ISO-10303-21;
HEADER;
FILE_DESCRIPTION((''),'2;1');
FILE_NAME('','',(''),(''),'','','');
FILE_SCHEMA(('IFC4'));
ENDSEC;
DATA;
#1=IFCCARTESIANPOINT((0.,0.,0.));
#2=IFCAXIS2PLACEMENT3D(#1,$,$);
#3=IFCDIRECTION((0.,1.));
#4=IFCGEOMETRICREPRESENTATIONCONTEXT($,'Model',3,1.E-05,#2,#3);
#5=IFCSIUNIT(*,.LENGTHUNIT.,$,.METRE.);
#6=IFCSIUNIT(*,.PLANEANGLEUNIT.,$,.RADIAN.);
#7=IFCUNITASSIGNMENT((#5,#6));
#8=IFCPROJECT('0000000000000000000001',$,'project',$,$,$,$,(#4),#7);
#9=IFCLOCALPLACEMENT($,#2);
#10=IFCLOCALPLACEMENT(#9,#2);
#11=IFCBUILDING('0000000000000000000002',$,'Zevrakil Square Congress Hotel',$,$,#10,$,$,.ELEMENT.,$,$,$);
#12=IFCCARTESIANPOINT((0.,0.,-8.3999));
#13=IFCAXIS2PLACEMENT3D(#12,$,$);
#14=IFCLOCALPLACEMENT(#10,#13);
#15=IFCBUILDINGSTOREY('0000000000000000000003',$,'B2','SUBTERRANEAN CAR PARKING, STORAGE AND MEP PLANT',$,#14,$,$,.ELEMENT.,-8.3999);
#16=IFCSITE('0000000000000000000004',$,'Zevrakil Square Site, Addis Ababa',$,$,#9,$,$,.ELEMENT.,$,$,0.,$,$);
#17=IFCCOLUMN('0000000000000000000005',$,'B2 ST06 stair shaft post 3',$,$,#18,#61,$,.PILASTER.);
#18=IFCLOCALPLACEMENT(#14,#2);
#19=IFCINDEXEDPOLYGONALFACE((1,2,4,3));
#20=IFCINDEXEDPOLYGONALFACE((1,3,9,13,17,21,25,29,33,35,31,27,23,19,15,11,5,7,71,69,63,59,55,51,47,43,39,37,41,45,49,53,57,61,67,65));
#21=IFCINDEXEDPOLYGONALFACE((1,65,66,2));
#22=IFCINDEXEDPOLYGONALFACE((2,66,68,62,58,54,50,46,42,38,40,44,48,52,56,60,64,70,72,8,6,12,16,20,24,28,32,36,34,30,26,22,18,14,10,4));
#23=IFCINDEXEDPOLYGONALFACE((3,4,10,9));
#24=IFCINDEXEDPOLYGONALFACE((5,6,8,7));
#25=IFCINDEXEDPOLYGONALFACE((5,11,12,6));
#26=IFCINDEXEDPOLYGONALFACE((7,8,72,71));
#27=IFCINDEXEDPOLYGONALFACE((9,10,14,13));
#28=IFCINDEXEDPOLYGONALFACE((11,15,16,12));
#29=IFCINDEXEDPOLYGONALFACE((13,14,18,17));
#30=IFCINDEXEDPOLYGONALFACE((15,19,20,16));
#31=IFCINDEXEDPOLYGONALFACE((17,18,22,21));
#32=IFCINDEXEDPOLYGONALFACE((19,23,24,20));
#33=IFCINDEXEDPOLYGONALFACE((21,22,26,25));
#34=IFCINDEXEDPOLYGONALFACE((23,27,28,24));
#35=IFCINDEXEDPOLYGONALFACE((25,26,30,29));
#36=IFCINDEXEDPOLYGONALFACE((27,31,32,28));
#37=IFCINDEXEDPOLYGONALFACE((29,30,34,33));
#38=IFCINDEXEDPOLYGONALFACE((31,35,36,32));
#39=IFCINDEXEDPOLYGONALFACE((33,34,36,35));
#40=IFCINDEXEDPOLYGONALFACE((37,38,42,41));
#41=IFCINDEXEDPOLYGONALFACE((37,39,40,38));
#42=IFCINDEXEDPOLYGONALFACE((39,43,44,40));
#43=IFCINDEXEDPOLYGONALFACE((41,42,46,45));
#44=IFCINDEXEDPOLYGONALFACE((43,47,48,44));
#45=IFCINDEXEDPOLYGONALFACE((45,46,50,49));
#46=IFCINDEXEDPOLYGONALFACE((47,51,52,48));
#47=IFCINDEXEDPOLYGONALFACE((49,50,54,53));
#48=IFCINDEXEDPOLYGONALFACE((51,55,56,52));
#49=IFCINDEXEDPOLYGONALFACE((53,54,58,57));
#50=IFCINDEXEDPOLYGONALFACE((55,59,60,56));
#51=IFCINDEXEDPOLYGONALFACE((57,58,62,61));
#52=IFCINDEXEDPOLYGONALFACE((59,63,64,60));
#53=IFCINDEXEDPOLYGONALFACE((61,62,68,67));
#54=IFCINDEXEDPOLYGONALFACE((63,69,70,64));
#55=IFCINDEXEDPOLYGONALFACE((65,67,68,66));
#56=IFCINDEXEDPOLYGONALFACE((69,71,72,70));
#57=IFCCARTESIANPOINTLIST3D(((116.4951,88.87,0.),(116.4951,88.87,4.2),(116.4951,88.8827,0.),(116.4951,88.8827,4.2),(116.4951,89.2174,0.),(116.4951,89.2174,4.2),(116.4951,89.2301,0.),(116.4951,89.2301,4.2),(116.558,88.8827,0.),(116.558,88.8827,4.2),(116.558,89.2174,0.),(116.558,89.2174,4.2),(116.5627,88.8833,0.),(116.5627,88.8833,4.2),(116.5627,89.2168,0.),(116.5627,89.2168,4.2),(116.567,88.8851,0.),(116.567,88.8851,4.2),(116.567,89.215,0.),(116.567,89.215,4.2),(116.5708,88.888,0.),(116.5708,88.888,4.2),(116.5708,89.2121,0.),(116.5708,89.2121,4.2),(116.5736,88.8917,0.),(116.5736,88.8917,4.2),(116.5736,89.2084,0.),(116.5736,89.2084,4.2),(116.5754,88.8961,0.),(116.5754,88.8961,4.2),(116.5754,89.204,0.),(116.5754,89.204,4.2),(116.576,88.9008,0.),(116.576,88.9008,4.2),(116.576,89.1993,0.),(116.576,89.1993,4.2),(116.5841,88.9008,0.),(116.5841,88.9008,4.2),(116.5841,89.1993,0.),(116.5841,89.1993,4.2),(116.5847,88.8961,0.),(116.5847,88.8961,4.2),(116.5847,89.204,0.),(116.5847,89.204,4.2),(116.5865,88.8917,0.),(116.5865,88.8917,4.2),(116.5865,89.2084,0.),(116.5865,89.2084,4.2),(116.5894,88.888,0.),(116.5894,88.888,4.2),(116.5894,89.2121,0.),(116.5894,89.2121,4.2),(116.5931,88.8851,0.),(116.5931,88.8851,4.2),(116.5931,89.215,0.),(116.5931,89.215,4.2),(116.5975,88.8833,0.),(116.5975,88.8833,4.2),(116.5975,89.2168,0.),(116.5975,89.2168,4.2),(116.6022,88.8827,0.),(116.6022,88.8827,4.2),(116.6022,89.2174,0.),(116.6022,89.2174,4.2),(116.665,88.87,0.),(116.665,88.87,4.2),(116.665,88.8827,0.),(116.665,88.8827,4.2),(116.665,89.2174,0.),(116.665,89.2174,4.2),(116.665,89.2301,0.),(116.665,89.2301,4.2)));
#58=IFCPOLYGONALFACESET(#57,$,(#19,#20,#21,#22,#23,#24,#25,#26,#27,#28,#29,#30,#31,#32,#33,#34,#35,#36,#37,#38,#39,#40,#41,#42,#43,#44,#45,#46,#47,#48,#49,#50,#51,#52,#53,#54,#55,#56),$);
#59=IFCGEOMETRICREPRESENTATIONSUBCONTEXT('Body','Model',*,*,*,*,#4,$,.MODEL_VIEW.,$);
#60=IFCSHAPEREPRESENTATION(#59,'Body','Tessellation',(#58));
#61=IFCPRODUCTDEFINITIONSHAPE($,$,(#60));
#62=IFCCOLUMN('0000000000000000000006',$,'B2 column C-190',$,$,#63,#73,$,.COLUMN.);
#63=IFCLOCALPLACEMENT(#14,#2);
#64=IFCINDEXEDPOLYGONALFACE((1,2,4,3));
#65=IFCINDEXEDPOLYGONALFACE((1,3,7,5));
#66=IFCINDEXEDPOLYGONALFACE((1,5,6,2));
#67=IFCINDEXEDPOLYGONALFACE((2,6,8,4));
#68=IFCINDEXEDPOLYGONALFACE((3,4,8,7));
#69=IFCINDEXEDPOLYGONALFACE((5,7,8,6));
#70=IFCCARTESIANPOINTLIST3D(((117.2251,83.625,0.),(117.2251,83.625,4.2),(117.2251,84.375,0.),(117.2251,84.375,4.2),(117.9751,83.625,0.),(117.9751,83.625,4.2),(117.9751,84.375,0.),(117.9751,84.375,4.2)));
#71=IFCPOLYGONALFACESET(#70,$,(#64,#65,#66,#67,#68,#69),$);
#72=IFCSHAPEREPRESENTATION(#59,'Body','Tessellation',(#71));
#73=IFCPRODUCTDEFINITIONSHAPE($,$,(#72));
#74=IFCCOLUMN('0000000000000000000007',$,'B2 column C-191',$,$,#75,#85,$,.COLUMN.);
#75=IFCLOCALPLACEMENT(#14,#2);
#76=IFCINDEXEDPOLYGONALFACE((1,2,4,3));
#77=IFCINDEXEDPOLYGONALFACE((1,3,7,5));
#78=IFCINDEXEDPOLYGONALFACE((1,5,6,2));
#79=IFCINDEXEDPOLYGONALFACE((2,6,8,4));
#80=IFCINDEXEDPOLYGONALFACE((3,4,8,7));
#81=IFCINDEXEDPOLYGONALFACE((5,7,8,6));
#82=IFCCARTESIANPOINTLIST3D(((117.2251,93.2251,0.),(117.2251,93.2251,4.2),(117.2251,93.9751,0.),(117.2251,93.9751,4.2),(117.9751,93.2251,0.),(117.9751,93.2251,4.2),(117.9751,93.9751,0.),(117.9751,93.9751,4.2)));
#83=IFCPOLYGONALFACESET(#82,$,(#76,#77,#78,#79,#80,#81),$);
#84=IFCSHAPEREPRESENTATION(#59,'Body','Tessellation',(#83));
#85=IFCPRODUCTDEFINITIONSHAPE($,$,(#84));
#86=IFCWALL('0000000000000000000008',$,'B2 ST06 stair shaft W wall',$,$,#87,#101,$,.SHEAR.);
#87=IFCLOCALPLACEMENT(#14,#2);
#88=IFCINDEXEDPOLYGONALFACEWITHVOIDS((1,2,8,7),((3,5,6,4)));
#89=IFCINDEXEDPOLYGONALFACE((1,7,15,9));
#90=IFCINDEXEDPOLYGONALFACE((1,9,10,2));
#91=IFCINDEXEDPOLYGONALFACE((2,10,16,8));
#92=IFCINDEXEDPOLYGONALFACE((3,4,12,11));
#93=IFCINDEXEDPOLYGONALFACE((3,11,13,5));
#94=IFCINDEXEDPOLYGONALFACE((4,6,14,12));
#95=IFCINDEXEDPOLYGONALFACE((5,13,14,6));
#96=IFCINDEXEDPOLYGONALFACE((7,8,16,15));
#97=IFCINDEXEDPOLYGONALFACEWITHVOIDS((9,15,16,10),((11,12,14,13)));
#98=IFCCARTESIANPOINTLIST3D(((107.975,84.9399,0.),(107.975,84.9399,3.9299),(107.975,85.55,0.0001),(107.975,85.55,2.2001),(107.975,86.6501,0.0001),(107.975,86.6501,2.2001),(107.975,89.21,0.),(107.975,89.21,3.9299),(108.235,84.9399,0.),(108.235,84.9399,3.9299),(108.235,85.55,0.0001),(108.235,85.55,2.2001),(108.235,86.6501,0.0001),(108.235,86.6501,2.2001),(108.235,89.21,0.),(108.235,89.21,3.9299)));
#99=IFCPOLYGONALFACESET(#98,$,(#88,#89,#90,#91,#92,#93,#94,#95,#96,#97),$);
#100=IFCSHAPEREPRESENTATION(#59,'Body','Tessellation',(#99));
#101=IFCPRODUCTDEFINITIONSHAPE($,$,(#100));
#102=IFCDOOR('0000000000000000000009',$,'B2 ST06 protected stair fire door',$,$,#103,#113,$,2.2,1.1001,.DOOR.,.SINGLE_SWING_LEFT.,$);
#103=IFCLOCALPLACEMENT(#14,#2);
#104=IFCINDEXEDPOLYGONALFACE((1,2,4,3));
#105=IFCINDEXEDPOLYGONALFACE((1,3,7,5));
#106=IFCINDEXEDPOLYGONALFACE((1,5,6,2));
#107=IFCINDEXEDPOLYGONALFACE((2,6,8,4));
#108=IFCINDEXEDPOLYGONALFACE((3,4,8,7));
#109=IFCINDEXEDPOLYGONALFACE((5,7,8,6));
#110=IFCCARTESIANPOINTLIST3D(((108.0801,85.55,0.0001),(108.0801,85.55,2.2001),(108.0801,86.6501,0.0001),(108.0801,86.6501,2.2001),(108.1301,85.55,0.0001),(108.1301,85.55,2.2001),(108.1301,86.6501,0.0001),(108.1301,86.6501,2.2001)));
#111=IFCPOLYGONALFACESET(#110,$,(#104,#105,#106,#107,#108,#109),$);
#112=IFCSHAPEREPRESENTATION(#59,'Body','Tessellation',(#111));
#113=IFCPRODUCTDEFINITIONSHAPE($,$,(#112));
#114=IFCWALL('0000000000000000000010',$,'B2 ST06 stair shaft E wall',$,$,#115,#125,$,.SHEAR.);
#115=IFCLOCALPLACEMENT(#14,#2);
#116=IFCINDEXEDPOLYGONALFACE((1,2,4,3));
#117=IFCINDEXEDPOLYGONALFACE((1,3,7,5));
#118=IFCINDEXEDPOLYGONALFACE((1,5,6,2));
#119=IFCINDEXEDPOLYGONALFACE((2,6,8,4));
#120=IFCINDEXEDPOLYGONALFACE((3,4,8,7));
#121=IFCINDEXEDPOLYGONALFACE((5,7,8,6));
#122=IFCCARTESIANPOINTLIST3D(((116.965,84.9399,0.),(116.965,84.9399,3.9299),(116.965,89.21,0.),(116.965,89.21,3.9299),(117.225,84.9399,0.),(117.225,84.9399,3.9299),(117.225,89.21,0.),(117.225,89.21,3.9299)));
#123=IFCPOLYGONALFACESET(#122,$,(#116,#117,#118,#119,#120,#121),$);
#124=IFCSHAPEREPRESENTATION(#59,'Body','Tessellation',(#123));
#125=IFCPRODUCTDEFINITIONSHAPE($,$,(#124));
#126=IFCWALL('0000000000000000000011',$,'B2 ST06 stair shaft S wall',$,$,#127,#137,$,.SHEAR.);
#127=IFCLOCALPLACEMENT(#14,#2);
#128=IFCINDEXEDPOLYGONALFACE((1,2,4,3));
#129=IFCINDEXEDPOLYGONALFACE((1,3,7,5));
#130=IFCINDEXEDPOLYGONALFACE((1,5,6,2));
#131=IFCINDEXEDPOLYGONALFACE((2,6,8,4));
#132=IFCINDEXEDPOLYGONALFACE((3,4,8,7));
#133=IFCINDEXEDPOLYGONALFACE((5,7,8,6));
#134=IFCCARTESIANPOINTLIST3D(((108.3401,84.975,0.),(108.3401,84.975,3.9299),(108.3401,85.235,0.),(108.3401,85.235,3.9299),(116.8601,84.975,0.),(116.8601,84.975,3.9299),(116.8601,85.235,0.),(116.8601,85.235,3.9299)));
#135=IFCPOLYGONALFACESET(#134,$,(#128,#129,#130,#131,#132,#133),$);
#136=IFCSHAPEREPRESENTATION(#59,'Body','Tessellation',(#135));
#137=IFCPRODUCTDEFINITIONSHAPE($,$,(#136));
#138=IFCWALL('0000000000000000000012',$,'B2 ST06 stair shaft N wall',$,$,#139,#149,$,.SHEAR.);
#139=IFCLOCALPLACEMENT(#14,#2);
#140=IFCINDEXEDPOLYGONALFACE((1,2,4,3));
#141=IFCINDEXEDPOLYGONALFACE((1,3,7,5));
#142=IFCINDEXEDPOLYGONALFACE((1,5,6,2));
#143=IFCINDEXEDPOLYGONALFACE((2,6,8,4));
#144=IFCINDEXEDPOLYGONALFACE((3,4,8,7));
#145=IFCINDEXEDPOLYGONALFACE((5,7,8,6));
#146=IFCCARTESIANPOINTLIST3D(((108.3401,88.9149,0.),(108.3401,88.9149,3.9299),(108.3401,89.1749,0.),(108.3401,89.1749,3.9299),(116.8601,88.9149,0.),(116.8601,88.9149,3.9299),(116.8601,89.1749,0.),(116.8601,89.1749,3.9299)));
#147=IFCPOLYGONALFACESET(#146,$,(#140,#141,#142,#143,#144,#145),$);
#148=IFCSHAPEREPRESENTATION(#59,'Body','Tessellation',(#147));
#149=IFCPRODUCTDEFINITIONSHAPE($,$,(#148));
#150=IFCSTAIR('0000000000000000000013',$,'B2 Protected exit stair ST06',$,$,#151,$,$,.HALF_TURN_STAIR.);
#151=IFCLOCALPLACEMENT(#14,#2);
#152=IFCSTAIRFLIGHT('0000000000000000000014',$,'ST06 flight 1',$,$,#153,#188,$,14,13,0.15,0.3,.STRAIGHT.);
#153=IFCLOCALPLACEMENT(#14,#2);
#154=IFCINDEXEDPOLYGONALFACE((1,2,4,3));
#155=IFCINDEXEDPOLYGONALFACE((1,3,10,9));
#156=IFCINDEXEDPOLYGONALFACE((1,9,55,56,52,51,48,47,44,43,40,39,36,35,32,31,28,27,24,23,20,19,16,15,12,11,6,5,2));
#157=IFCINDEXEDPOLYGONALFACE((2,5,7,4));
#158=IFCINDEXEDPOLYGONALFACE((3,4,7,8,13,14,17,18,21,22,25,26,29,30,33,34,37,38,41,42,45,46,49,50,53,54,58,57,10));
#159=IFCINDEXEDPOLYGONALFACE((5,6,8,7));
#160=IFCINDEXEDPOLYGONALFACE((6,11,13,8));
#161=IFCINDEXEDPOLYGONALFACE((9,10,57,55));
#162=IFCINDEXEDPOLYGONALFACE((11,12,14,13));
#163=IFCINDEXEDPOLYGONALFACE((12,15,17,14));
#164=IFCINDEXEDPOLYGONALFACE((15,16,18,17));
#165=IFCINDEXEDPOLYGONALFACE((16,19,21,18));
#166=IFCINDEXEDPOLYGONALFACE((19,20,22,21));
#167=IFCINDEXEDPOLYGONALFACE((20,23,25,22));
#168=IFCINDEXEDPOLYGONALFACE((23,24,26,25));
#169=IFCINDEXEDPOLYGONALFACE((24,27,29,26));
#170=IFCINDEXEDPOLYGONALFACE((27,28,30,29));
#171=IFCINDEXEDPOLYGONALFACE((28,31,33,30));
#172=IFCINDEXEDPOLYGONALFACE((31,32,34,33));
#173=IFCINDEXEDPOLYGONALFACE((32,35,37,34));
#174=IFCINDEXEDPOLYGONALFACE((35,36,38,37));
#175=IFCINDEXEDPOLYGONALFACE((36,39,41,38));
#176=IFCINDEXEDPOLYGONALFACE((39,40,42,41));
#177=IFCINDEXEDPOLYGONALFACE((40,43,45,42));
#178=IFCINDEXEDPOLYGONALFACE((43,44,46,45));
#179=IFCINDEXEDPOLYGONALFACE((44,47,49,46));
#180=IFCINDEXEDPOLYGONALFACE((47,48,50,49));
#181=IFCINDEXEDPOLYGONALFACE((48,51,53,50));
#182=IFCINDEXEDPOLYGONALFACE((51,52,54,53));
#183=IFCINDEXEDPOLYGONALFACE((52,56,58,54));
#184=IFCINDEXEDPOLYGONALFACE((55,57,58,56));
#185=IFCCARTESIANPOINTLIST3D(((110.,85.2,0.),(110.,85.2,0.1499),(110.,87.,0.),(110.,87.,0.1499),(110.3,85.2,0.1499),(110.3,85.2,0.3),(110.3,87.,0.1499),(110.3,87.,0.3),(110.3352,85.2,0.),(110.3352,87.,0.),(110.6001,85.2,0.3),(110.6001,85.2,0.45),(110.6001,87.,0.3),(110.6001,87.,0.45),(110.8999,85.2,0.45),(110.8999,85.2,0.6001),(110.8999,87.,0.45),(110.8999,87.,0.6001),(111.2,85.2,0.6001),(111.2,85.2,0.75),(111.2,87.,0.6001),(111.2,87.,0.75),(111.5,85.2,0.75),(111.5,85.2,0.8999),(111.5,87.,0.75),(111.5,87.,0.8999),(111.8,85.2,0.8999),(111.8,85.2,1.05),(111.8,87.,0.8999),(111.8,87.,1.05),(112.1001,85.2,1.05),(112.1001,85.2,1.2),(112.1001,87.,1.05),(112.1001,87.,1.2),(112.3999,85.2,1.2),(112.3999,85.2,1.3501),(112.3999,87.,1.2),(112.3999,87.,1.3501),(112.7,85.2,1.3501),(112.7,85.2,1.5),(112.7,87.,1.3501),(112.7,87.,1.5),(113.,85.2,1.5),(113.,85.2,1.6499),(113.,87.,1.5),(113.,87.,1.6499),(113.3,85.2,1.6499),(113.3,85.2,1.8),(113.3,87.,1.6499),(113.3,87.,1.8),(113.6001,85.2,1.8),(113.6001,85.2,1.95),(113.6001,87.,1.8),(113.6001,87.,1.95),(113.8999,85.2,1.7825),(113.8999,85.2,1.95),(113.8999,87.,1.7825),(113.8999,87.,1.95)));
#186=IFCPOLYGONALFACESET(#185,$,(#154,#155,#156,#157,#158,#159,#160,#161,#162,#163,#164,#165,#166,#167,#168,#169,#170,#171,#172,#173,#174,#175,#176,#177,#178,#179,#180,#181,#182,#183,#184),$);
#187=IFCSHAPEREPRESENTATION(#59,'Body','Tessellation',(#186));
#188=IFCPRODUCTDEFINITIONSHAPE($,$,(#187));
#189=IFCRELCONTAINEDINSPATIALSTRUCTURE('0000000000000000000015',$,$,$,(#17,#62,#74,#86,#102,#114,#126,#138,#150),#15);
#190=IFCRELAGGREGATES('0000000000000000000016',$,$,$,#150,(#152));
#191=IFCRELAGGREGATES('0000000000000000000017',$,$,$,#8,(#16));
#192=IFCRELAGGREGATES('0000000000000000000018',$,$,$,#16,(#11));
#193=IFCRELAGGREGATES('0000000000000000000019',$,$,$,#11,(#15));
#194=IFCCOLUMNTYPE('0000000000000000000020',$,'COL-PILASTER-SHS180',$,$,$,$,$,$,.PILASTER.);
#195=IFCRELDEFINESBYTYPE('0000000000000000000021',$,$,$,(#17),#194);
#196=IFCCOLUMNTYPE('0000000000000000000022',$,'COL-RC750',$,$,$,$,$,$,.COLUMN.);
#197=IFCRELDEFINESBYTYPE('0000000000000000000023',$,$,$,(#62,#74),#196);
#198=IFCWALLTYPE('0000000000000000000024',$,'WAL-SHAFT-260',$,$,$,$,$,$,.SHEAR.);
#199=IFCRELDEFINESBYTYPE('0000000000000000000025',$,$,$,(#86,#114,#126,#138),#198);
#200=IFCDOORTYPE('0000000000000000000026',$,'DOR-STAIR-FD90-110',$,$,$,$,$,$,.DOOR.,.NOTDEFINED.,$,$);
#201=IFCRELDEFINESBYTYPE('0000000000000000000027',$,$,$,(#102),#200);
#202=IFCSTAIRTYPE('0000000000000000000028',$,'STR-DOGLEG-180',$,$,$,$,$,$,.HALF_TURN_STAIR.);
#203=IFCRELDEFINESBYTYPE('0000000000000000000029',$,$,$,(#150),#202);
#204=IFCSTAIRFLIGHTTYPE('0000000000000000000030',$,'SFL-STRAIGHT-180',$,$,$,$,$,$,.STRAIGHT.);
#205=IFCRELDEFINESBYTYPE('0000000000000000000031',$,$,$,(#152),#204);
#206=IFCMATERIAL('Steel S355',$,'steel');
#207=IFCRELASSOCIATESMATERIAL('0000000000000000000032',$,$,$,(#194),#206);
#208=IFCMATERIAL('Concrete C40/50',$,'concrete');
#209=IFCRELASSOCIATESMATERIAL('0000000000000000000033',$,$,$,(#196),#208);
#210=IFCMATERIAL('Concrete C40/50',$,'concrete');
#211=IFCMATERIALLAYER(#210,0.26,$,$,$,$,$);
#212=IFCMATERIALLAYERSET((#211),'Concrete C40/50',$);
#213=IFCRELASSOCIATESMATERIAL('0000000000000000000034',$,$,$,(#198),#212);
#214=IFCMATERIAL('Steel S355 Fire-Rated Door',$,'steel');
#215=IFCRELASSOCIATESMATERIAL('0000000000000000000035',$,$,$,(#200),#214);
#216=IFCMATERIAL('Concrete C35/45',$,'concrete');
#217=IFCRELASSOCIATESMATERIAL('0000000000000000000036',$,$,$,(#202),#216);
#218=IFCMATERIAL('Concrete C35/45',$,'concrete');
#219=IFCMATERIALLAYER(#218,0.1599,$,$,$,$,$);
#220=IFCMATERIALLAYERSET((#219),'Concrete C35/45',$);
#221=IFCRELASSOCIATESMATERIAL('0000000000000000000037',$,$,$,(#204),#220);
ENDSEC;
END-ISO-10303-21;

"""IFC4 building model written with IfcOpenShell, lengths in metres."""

from ifc_helpers import new_model, si_unit, direction, frame, frame_2d, origin, origin_2d, place, context, subcontext, project, spatial, polyline, rectangle, i_section, outline, extrude, material, layer, layer_set, material_profile, profile_set, type_object, element, fill, aggregate, save


model = new_model("IFC4")

# Units and contexts
model_context = context("Model", 3, precision=1e-05, world=origin(), true_north=direction((0.0, 1.0)))
body_context = subcontext(model_context, "Body", "Model", "MODEL_VIEW")
ifc_project = project(units=[si_unit("LENGTHUNIT", "METRE"), si_unit("PLANEANGLEUNIT", "RADIAN")], contexts=[model_context])

# Site, building, storey
site_placement = place(None, origin())
site = spatial("IfcSite", under=ifc_project, at=site_placement, Name="Zevrakil Square Site, Addis Ababa", CompositionType="ELEMENT", RefElevation=0.0)
building_placement = place(site_placement, origin())
building = spatial("IfcBuilding", under=site, at=building_placement, Name="Zevrakil Square Congress Hotel", CompositionType="ELEMENT")
storey_placement = place(building_placement, frame((0.0, 0.0, -8.3999)))
storey = spatial("IfcBuildingStorey", under=building, at=storey_placement, Name="B2", Description="SUBTERRANEAN CAR PARKING, STORAGE AND MEP PLANT", CompositionType="ELEMENT", Elevation=-8.3999)

# Columns
ifc_material_1 = material(Name="Steel S355", Category="steel")
ifc_material_profile_1 = material_profile(ifc_material_1, i_section(OverallWidth=0.1699, OverallDepth=0.3601, WebThickness=0.0081, FlangeThickness=0.0127, FilletRadius=0.0181, at=origin_2d()), Name="IPE 360")
ifc_profile_set_1 = profile_set([ifc_material_profile_1], Name="Steel S355")
column_type_1 = type_object("IfcColumnType", Name="COL-PILASTER-SHS180", PredefinedType="PILASTER", material=ifc_profile_set_1)
for number, where, z_axis, x_axis, name in (
    (1, (116.5801, 89.05, 0.0), (0.0, 0.0, 1.0), (1.0, 0.0, 0.0), "B2 ST06 stair shaft post 3"),
):
    element("IfcColumn", number, at=place(storey_placement, frame(where, z_axis=z_axis, x_axis=x_axis)), inside=storey, type_object=column_type_1, Name=name, PredefinedType="PILASTER", context=body_context, shape_type="SweptSolid", body=[
        extrude(i_section(OverallWidth=0.1699, OverallDepth=0.3601, WebThickness=0.0081, FlangeThickness=0.0127, FilletRadius=0.0181, at=origin_2d()), origin(), (0.0, 0.0, 1.0), 4.2),
    ])
ifc_material_2 = material(Name="Concrete C40/50", Category="concrete")
ifc_material_profile_2 = material_profile(ifc_material_2, rectangle(XDim=0.75, YDim=0.75, at=origin_2d()), Name="RC 750x750")
ifc_profile_set_2 = profile_set([ifc_material_profile_2], Name="Concrete C40/50")
column_type_2 = type_object("IfcColumnType", Name="COL-RC750", PredefinedType="COLUMN", material=ifc_profile_set_2)
for number, where, z_axis, x_axis, name in (
    (2, (117.6001, 84.0, 0.0), (0.0, 0.0, 1.0), (1.0, 0.0, 0.0), "B2 column C-190"),
    (3, (117.6001, 93.6001, 0.0), (0.0, 0.0, 1.0), (1.0, 0.0, 0.0), "B2 column C-191"),
):
    element("IfcColumn", number, at=place(storey_placement, frame(where, z_axis=z_axis, x_axis=x_axis)), inside=storey, type_object=column_type_2, Name=name, PredefinedType="COLUMN", context=body_context, shape_type="SweptSolid", body=[
        extrude(rectangle(XDim=0.75, YDim=0.75, at=origin_2d()), origin(), (0.0, 0.0, 1.0), 4.2),
    ])

# Wall, opening, door
ifc_material_3 = material(Name="Concrete C40/50", Category="concrete")
ifc_layer_1 = layer(ifc_material_3, 0.26)
ifc_layer_set_1 = layer_set([ifc_layer_1], Name="Concrete C40/50")
wall_type = type_object("IfcWallType", Name="WAL-SHAFT-260", PredefinedType="SHEAR", material=ifc_layer_set_1)
wall_1_placement = place(storey_placement, frame((108.105, 84.9399, 0.0), z_axis=(0.0, 0.0, 1.0), x_axis=(0.0, 1.0, 0.0)))
wall_1 = element("IfcWall", 4, at=wall_1_placement, inside=storey, type_object=wall_type, Name="B2 ST06 stair shaft W wall", PredefinedType="SHEAR", context=body_context, shape_type="SweptSolid", body=[
    extrude(rectangle(XDim=4.27, YDim=0.26, at=frame_2d((2.135, 0.0))), origin(), (0.0, 0.0, 1.0), 3.9299),
])
opening_placement = place(wall_1_placement, frame((0.6101, 0.0, 0.0)))
opening = element("IfcOpeningElement", 5, at=opening_placement, cuts=wall_1, PredefinedType="OPENING", context=body_context, shape_type="SweptSolid", body=[
    extrude(rectangle(XDim=1.1001, YDim=2.2, at=frame_2d((0.55, 1.1001))), frame((0.0, 0.1401, 0.0), z_axis=(0.0, -1.0, 0.0), x_axis=(1.0, 0.0, 0.0)), (0.0, 0.0, 1.0), 0.28),
])
ifc_material_4 = material(Name="Steel S355 Fire-Rated Door", Category="steel")
door_type = type_object("IfcDoorType", Name="DOR-STAIR-FD90-110", OperationType="NOTDEFINED", PredefinedType="DOOR", material=ifc_material_4)
door_placement = place(opening_placement, origin())
door = element("IfcDoor", 6, at=door_placement, inside=storey, type_object=door_type, Name="B2 ST06 protected stair fire door", OperationType="SINGLE_SWING_LEFT", OverallHeight=2.2, OverallWidth=1.1001, PredefinedType="DOOR", context=body_context, shape_type="SweptSolid", body=[
    extrude(rectangle(XDim=1.1001, YDim=2.2, at=frame_2d((0.55, 1.1001))), frame((0.0, 0.0249, 0.0), z_axis=(0.0, -1.0, 0.0), x_axis=(1.0, 0.0, 0.0)), (0.0, 0.0, 1.0), 0.05),
])
fill(opening, door)

# Walls
wall_2_placement = place(storey_placement, frame((117.095, 84.9399, 0.0), z_axis=(0.0, 0.0, 1.0), x_axis=(0.0, 1.0, 0.0)))
element("IfcWall", 7, at=wall_2_placement, inside=storey, type_object=wall_type, Name="B2 ST06 stair shaft E wall", PredefinedType="SHEAR", context=body_context, shape_type="SweptSolid", body=[
    extrude(rectangle(XDim=4.27, YDim=0.26, at=frame_2d((2.135, 0.0))), origin(), (0.0, 0.0, 1.0), 3.9299),
])
for number, where, z_axis, x_axis, name in (
    (8, (108.3401, 85.105, 0.0), (0.0, 0.0, 1.0), (1.0, 0.0, 0.0), "B2 ST06 stair shaft S wall"),
    (9, (108.3401, 89.0449, 0.0), (0.0, 0.0, 1.0), (1.0, 0.0, 0.0), "B2 ST06 stair shaft N wall"),
):
    element("IfcWall", number, at=place(storey_placement, frame(where, z_axis=z_axis, x_axis=x_axis)), inside=storey, type_object=wall_type, Name=name, PredefinedType="SHEAR", context=body_context, shape_type="SweptSolid", body=[
        extrude(rectangle(XDim=8.52, YDim=0.26, at=frame_2d((4.26, 0.0))), origin(), (0.0, 0.0, 1.0), 3.9299),
    ])

# Stair, stair flight
ifc_material_5 = material(Name="Concrete C35/45", Category="concrete")
stair_type = type_object("IfcStairType", Name="STR-DOGLEG-180", PredefinedType="HALF_TURN_STAIR", material=ifc_material_5)
stair_placement = place(storey_placement, origin())
stair = element("IfcStair", 10, at=stair_placement, inside=storey, type_object=stair_type, Name="B2 Protected exit stair ST06", PredefinedType="HALF_TURN_STAIR")
ifc_material_6 = material(Name="Concrete C35/45", Category="concrete")
ifc_layer_2 = layer(ifc_material_6, 0.1599)
ifc_layer_set_2 = layer_set([ifc_layer_2], Name="Concrete C35/45")
stair_flight_type = type_object("IfcStairFlightType", Name="SFL-STRAIGHT-180", PredefinedType="STRAIGHT", material=ifc_layer_set_2)
stair_flight_1_placement = place(storey_placement, frame((110.0, 86.1001, 0.0), z_axis=(0.0, 0.0, 1.0), x_axis=(1.0, 0.0, 0.0)))
stair_flight_1 = element("IfcStairFlight", 11, at=stair_flight_1_placement, type_object=stair_flight_type, Name="ST06 flight 1", NumberOfRisers=14, NumberOfTreads=13, PredefinedType="STRAIGHT", RiserHeight=0.15, TreadLength=0.3, context=body_context, shape_type="SweptSolid", body=[
    extrude(outline(polyline([(0.0, 0.0), (0.0, 0.1499), (0.3, 0.1499), (0.3, 0.3), (0.6001, 0.3), (0.6001, 0.45), (0.8999, 0.45), (0.8999, 0.6001), (1.2, 0.6001), (1.2, 0.75), (1.5, 0.75), (1.5, 0.8999), (1.8, 0.8999), (1.8, 1.05), (2.1001, 1.05), (2.1001, 1.2), (2.3999, 1.2), (2.3999, 1.3501), (2.7, 1.3501), (2.7, 1.5), (3.0, 1.5), (3.0, 1.6499), (3.3, 1.6499), (3.3, 1.8), (3.6001, 1.8), (3.6001, 1.95), (3.8999, 1.95), (3.8999, 2.1001), (3.8999, 1.7825), (0.3352, 0.0), (0.0, 0.0)])), frame((0.0, 0.8999, 0.0), z_axis=(0.0, -1.0, 0.0), x_axis=(1.0, 0.0, 0.0)), (0.0, 0.0, 1.0), 1.8),
])
aggregate(stair, [stair_flight_1])

save(model, "model.ifc")
